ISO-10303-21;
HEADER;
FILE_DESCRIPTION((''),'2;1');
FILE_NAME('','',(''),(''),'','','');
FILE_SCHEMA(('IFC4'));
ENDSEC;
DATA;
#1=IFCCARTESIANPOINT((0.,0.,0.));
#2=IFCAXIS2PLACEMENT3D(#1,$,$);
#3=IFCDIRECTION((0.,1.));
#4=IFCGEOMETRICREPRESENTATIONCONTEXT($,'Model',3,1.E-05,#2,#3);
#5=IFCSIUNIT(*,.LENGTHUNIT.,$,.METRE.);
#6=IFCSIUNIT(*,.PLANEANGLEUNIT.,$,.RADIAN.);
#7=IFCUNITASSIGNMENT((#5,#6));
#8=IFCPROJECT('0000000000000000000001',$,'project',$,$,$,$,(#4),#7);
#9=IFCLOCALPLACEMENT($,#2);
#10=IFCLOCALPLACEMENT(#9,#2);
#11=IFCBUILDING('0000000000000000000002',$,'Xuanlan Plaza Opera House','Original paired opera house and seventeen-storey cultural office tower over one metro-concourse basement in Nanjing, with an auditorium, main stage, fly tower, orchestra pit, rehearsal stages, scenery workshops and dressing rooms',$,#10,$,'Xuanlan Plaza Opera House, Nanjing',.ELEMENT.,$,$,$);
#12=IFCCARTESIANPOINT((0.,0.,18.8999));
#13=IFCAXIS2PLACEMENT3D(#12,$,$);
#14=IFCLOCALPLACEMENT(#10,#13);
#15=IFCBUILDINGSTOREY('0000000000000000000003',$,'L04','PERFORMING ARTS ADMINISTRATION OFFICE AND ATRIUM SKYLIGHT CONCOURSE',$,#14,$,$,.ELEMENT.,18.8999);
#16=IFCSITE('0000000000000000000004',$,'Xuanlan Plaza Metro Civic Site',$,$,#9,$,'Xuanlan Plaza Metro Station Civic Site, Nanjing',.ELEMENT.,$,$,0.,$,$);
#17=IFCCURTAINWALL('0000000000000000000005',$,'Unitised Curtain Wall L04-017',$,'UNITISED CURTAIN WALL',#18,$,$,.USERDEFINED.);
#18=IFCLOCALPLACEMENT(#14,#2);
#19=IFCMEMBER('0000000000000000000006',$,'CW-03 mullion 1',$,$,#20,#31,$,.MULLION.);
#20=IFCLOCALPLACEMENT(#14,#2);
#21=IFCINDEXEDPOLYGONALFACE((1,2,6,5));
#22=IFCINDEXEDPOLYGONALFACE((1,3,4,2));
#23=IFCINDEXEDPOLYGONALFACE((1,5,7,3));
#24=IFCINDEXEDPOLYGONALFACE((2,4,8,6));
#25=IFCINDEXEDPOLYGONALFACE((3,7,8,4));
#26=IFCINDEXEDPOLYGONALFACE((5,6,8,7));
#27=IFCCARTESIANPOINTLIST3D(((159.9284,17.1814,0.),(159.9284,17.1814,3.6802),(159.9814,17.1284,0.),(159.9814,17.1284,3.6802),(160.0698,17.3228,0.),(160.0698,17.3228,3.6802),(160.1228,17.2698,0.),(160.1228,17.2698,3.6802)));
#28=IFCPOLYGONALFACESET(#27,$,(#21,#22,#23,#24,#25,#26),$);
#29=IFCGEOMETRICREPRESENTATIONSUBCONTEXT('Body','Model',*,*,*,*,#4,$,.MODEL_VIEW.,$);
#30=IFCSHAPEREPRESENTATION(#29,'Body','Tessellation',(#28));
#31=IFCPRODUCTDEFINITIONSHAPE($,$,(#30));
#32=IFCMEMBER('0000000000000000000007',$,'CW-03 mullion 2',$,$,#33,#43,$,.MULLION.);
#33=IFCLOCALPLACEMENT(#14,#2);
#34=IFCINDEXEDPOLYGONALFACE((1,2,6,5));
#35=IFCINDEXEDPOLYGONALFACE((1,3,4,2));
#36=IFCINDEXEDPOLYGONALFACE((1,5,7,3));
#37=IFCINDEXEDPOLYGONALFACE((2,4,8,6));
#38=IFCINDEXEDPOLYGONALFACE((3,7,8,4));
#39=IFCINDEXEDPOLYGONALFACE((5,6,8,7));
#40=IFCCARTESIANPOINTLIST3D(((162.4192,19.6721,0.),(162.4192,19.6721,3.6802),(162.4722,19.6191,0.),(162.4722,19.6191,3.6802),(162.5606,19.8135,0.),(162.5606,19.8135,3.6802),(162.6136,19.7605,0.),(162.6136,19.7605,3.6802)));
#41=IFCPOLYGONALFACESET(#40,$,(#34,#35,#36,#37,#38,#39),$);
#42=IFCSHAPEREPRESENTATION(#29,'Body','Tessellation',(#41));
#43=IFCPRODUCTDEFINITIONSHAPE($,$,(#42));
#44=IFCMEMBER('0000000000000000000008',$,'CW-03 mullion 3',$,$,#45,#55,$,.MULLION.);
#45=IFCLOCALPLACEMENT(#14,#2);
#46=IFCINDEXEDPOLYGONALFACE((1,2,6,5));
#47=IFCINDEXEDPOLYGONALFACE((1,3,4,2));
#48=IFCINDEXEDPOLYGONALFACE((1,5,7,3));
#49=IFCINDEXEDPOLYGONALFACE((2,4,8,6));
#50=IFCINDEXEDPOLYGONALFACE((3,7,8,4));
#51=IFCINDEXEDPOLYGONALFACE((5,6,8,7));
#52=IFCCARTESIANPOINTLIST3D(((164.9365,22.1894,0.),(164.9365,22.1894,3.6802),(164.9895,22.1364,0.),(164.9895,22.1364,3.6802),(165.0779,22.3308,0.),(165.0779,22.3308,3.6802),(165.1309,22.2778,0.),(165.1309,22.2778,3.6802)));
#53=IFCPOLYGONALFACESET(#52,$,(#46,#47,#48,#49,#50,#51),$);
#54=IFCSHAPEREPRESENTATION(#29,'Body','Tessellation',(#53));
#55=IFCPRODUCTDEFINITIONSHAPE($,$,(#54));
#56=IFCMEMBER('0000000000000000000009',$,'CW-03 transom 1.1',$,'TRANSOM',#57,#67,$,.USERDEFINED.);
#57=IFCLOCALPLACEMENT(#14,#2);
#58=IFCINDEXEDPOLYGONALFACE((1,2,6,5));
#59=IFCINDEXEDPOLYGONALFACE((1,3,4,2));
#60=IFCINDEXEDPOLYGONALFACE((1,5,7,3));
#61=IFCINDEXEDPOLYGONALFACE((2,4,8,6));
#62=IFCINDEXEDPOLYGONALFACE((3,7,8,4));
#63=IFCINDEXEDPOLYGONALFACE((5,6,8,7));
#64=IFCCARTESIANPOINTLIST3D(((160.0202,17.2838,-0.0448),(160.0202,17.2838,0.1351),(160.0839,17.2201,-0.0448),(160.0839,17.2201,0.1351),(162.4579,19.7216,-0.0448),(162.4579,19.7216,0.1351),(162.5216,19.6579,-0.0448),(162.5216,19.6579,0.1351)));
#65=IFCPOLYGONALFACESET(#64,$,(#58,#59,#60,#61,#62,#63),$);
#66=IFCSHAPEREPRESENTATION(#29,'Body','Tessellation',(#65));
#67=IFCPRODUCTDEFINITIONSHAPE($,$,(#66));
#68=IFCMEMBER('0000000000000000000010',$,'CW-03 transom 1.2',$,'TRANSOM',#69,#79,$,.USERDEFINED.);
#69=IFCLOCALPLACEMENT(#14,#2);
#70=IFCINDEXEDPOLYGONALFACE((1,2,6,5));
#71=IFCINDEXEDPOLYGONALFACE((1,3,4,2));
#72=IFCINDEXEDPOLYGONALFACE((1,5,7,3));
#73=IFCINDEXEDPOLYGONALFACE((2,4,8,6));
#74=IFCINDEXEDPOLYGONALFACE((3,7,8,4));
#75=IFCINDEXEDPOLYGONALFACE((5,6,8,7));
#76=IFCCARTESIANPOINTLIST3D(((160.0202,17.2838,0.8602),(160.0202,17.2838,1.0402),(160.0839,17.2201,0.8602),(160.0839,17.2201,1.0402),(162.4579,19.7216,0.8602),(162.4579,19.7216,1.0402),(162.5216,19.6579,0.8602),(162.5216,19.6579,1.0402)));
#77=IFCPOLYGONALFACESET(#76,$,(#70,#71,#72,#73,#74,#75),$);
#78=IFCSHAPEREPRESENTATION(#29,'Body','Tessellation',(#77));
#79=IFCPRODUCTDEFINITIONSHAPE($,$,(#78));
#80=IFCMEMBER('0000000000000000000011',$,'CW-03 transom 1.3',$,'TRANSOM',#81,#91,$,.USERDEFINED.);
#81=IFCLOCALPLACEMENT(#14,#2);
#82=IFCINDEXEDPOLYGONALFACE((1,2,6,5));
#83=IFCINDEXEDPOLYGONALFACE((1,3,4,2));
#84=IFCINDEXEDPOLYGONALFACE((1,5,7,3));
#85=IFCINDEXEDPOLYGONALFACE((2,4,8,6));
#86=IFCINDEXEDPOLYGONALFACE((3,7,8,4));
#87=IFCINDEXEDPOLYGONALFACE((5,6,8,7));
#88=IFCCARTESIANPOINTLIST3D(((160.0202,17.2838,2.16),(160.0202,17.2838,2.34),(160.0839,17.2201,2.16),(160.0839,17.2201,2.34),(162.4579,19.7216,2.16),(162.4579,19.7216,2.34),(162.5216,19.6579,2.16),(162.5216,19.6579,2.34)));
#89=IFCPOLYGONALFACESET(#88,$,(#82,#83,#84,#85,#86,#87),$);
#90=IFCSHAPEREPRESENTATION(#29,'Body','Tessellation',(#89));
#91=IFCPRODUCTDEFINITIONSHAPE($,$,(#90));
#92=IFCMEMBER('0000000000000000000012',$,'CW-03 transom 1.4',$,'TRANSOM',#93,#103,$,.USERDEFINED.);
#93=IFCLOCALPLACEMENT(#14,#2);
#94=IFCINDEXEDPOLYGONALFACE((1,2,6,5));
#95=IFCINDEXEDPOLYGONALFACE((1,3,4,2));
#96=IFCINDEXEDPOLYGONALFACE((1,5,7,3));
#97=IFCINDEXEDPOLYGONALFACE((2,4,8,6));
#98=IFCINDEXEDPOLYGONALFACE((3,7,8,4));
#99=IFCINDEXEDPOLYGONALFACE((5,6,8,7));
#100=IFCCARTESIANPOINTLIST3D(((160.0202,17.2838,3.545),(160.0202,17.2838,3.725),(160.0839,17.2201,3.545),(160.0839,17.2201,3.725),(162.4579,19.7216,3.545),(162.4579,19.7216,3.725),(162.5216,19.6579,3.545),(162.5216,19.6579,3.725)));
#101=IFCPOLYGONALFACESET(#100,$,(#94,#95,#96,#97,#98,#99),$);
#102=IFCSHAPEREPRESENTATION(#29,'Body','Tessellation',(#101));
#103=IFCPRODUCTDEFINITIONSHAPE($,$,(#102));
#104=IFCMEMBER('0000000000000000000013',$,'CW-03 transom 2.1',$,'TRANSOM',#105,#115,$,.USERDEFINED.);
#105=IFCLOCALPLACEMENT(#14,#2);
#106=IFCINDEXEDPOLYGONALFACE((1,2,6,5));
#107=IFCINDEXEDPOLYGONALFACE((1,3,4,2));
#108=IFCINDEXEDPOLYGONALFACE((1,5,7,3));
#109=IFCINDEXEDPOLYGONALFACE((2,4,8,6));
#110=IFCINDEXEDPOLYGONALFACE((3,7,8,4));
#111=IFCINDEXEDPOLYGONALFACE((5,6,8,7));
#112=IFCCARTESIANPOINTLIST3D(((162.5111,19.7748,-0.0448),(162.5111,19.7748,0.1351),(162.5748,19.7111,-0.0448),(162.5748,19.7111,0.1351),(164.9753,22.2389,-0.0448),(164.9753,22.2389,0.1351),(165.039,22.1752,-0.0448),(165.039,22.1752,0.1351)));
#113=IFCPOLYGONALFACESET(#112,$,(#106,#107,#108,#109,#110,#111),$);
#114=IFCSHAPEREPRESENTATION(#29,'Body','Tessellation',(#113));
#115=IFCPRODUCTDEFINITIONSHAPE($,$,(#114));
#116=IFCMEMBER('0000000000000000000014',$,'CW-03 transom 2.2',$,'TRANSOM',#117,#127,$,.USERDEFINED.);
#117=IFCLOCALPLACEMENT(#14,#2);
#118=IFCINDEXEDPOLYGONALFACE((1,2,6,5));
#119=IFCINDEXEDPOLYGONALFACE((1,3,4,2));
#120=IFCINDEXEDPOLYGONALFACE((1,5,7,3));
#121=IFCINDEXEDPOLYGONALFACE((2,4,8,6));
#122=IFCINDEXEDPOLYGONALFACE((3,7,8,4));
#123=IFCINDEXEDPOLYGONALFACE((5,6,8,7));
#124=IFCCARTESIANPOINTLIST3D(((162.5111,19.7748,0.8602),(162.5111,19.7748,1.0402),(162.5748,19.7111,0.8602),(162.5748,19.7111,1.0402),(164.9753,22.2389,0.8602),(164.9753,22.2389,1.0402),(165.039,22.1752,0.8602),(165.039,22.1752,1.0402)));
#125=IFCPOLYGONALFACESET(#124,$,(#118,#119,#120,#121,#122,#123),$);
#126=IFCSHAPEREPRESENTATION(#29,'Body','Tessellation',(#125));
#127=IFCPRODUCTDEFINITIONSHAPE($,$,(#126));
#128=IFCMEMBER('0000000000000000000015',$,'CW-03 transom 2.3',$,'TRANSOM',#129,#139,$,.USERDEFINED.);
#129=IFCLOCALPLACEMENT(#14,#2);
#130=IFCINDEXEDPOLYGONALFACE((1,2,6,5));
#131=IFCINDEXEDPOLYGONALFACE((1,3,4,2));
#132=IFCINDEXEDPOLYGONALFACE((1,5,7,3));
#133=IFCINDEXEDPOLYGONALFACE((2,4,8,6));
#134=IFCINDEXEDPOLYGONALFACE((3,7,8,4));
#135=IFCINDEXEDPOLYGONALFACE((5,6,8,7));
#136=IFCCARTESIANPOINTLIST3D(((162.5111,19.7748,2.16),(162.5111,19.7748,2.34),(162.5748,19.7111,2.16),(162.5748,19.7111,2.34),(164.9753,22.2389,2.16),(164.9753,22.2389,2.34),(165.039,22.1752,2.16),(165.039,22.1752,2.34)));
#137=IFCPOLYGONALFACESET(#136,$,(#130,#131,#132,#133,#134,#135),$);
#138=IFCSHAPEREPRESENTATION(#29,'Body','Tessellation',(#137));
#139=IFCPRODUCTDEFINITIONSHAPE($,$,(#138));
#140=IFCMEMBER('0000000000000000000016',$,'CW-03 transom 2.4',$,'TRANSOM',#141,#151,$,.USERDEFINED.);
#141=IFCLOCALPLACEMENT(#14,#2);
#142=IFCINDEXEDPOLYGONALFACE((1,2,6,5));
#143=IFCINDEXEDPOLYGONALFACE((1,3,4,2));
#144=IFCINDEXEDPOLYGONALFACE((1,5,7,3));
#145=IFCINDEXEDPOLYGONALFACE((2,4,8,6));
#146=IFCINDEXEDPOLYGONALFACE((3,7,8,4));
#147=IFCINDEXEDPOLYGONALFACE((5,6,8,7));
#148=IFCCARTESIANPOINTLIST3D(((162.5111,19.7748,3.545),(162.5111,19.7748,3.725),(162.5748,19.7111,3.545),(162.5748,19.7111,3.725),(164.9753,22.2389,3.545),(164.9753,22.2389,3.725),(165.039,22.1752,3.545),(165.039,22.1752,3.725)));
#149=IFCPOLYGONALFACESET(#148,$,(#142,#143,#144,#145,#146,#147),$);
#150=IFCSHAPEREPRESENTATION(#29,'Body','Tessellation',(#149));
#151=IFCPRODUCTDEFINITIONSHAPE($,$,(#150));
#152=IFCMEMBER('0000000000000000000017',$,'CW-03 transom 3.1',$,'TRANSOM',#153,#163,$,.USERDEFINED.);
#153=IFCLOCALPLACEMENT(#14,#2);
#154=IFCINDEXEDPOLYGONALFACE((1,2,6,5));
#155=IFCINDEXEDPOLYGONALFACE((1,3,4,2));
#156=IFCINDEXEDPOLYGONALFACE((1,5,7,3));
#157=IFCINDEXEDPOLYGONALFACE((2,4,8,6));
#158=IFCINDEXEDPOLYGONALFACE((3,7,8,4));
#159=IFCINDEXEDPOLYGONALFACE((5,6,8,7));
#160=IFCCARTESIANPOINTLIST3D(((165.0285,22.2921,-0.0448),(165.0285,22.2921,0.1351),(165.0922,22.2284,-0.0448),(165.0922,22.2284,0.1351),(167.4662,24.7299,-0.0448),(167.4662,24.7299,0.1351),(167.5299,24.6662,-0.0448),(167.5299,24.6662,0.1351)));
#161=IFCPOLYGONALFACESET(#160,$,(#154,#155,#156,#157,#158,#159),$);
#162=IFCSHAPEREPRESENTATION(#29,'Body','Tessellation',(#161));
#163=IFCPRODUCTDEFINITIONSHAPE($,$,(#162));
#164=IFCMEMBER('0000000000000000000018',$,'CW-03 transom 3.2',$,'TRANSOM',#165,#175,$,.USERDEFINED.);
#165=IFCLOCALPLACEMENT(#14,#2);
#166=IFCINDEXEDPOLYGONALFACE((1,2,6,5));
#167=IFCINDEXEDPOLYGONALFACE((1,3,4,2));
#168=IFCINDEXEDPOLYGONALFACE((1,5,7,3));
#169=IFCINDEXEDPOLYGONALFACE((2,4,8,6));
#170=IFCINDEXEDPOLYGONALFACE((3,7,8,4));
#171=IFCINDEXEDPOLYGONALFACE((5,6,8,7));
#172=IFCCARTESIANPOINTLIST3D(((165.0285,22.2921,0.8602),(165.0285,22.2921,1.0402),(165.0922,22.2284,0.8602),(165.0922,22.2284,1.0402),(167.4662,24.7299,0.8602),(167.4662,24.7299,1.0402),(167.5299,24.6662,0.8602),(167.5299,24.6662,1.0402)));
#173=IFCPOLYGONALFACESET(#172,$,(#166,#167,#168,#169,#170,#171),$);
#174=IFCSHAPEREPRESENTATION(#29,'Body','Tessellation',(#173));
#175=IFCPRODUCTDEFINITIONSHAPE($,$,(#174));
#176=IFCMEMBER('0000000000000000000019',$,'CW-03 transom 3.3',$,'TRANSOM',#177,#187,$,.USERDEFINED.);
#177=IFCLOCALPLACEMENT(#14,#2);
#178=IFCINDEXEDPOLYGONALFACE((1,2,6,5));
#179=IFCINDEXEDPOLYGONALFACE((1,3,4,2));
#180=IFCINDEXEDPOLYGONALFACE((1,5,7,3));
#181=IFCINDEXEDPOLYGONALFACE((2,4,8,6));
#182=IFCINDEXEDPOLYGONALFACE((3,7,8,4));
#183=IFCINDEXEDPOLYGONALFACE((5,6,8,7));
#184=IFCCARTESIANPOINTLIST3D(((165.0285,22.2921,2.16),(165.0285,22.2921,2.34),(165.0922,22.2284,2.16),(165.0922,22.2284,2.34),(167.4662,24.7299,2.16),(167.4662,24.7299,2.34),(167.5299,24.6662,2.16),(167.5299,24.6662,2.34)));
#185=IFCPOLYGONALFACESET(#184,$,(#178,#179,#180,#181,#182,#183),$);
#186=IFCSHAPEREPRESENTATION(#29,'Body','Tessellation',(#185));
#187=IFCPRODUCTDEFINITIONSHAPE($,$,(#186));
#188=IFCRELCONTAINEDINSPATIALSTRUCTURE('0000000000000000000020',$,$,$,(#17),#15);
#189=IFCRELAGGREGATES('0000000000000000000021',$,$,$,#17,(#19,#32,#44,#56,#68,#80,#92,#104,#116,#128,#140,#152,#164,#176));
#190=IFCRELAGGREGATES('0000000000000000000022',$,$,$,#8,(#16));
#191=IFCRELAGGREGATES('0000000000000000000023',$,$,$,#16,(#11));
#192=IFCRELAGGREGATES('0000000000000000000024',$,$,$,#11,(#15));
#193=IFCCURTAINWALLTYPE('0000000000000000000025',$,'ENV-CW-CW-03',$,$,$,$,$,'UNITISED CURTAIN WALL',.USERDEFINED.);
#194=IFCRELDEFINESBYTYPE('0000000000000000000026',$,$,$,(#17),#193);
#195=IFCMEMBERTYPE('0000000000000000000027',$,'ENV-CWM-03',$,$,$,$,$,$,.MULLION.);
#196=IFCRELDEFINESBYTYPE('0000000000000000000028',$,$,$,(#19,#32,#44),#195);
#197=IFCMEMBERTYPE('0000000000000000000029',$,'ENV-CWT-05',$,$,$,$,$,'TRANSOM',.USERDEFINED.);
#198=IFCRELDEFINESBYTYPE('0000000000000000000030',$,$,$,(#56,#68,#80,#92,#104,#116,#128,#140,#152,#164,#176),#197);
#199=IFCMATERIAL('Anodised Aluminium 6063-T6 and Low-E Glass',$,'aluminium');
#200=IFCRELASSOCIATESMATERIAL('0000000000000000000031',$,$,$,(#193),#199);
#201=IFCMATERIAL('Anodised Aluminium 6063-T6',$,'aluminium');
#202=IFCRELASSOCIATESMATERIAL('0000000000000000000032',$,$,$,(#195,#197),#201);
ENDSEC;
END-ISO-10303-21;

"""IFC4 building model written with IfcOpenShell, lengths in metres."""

from ifc_helpers import new_model, si_unit, direction, frame, origin, origin_2d, place, context, subcontext, project, spatial, rectangle, extrude, material, material_profile, profile_set, type_object, element, aggregate, save


model = new_model("IFC4")

# Units and contexts
model_context = context("Model", 3, precision=1e-05, world=origin(), true_north=direction((0.0, 1.0)))
body_context = subcontext(model_context, "Body", "Model", "MODEL_VIEW")
ifc_project = project(units=[si_unit("LENGTHUNIT", "METRE"), si_unit("PLANEANGLEUNIT", "RADIAN")], contexts=[model_context])

# Site, building, storey
site_placement = place(None, origin())
site = spatial("IfcSite", under=ifc_project, at=site_placement, Name="Xuanlan Plaza Metro Civic Site", LongName="Xuanlan Plaza Metro Station Civic Site, Nanjing", CompositionType="ELEMENT", RefElevation=0.0)
building_placement = place(site_placement, origin())
building = spatial("IfcBuilding", under=site, at=building_placement, Name="Xuanlan Plaza Opera House", Description="Original paired opera house and seventeen-storey cultural office tower over one metro-concourse basement in Nanjing, with an auditorium, main stage, fly tower, orchestra pit, rehearsal stages, scenery workshops and dressing rooms", LongName="Xuanlan Plaza Opera House, Nanjing", CompositionType="ELEMENT")
storey_placement = place(building_placement, frame((0.0, 0.0, 18.8999)))
storey = spatial("IfcBuildingStorey", under=building, at=storey_placement, Name="L04", Description="PERFORMING ARTS ADMINISTRATION OFFICE AND ATRIUM SKYLIGHT CONCOURSE", CompositionType="ELEMENT", Elevation=18.8999)

# Curtain wall, members
ifc_material_1 = material(Name="Anodised Aluminium 6063-T6 and Low-E Glass", Category="aluminium")
curtain_wall_type = type_object("IfcCurtainWallType", Name="ENV-CW-CW-03", ElementType="UNITISED CURTAIN WALL", PredefinedType="USERDEFINED", material=ifc_material_1)
curtain_wall_placement = place(storey_placement, origin())
curtain_wall = element("IfcCurtainWall", 1, at=curtain_wall_placement, inside=storey, type_object=curtain_wall_type, Name="Unitised Curtain Wall L04-017", ObjectType="UNITISED CURTAIN WALL", PredefinedType="USERDEFINED")
ifc_material_2 = material(Name="Anodised Aluminium 6063-T6", Category="aluminium")
ifc_material_profile_1 = material_profile(ifc_material_2, rectangle(XDim=0.075, YDim=0.2, at=origin_2d()), Name="ALU-M 75x200")
ifc_profile_set_1 = profile_set([ifc_material_profile_1], Name="Anodised Aluminium 6063-T6")
member_type_1 = type_object("IfcMemberType", Name="ENV-CWM-03", PredefinedType="MULLION", material=ifc_profile_set_1)
member_1_placement = place(storey_placement, frame((160.0256, 17.2256, 0.0), z_axis=(0.0, 0.0, 1.0), x_axis=(-0.707107, 0.707107, 0.0)))
member_1 = element("IfcMember", 2, at=member_1_placement, type_object=member_type_1, Name="CW-03 mullion 1", PredefinedType="MULLION", context=body_context, shape_type="SweptSolid", body=[
    extrude(rectangle(XDim=0.075, YDim=0.2, at=origin_2d()), origin(), (0.0, 0.0, 1.0), 3.6802),
])
member_2_placement = place(storey_placement, frame((162.5164, 19.7163, 0.0), z_axis=(0.0, 0.0, 1.0), x_axis=(-0.707107, 0.707107, 0.0)))
member_2 = element("IfcMember", 3, at=member_2_placement, type_object=member_type_1, Name="CW-03 mullion 2", PredefinedType="MULLION", context=body_context, shape_type="SweptSolid", body=[
    extrude(rectangle(XDim=0.075, YDim=0.2, at=origin_2d()), origin(), (0.0, 0.0, 1.0), 3.6802),
])
member_3_placement = place(storey_placement, frame((165.0337, 22.2336, 0.0), z_axis=(0.0, 0.0, 1.0), x_axis=(-0.707107, 0.707107, 0.0)))
member_3 = element("IfcMember", 4, at=member_3_placement, type_object=member_type_1, Name="CW-03 mullion 3", PredefinedType="MULLION", context=body_context, shape_type="SweptSolid", body=[
    extrude(rectangle(XDim=0.075, YDim=0.2, at=origin_2d()), origin(), (0.0, 0.0, 1.0), 3.6802),
])
ifc_material_profile_2 = material_profile(ifc_material_2, rectangle(XDim=0.0901, YDim=0.1799, at=origin_2d()), Name="ALU-T 90x180")
ifc_profile_set_2 = profile_set([ifc_material_profile_2], Name="Anodised Aluminium 6063-T6")
member_type_2 = type_object("IfcMemberType", Name="ENV-CWT-05", ElementType="TRANSOM", PredefinedType="USERDEFINED", material=ifc_profile_set_2)
member_4_placement = place(storey_placement, frame((160.052, 17.252, 0.0452), z_axis=(0.707107, 0.707107, 0.0), x_axis=(-0.707107, 0.707107, 0.0)))
member_4 = element("IfcMember", 5, at=member_4_placement, type_object=member_type_2, Name="CW-03 transom 1.1", ObjectType="TRANSOM", PredefinedType="USERDEFINED", context=body_context, shape_type="SweptSolid", body=[
    extrude(rectangle(XDim=0.0901, YDim=0.1799, at=origin_2d()), origin(), (0.0, 0.0, 1.0), 3.4475),
])
member_5_placement = place(storey_placement, frame((160.052, 17.252, 0.9502), z_axis=(0.707107, 0.707107, 0.0), x_axis=(-0.707107, 0.707107, 0.0)))
member_5 = element("IfcMember", 6, at=member_5_placement, type_object=member_type_2, Name="CW-03 transom 1.2", ObjectType="TRANSOM", PredefinedType="USERDEFINED", context=body_context, shape_type="SweptSolid", body=[
    extrude(rectangle(XDim=0.0901, YDim=0.1799, at=origin_2d()), origin(), (0.0, 0.0, 1.0), 3.4475),
])
member_6_placement = place(storey_placement, frame((160.052, 17.252, 2.25), z_axis=(0.707107, 0.707107, 0.0), x_axis=(-0.707107, 0.707107, 0.0)))
member_6 = element("IfcMember", 7, at=member_6_placement, type_object=member_type_2, Name="CW-03 transom 1.3", ObjectType="TRANSOM", PredefinedType="USERDEFINED", context=body_context, shape_type="SweptSolid", body=[
    extrude(rectangle(XDim=0.0901, YDim=0.1799, at=origin_2d()), origin(), (0.0, 0.0, 1.0), 3.4475),
])
member_7_placement = place(storey_placement, frame((160.052, 17.252, 3.635), z_axis=(0.707107, 0.707107, 0.0), x_axis=(-0.707107, 0.707107, 0.0)))
member_7 = element("IfcMember", 8, at=member_7_placement, type_object=member_type_2, Name="CW-03 transom 1.4", ObjectType="TRANSOM", PredefinedType="USERDEFINED", context=body_context, shape_type="SweptSolid", body=[
    extrude(rectangle(XDim=0.0901, YDim=0.1799, at=origin_2d()), origin(), (0.0, 0.0, 1.0), 3.4475),
])
member_8_placement = place(storey_placement, frame((162.543, 19.7429, 0.0452), z_axis=(0.707107, 0.707107, 0.0), x_axis=(-0.707107, 0.707107, 0.0)))
member_8 = element("IfcMember", 9, at=member_8_placement, type_object=member_type_2, Name="CW-03 transom 2.1", ObjectType="TRANSOM", PredefinedType="USERDEFINED", context=body_context, shape_type="SweptSolid", body=[
    extrude(rectangle(XDim=0.0901, YDim=0.1799, at=origin_2d()), origin(), (0.0, 0.0, 1.0), 3.4849),
])
member_9_placement = place(storey_placement, frame((162.543, 19.7429, 0.9502), z_axis=(0.707107, 0.707107, 0.0), x_axis=(-0.707107, 0.707107, 0.0)))
member_9 = element("IfcMember", 10, at=member_9_placement, type_object=member_type_2, Name="CW-03 transom 2.2", ObjectType="TRANSOM", PredefinedType="USERDEFINED", context=body_context, shape_type="SweptSolid", body=[
    extrude(rectangle(XDim=0.0901, YDim=0.1799, at=origin_2d()), origin(), (0.0, 0.0, 1.0), 3.4849),
])
member_10_placement = place(storey_placement, frame((162.543, 19.7429, 2.25), z_axis=(0.707107, 0.707107, 0.0), x_axis=(-0.707107, 0.707107, 0.0)))
member_10 = element("IfcMember", 11, at=member_10_placement, type_object=member_type_2, Name="CW-03 transom 2.3", ObjectType="TRANSOM", PredefinedType="USERDEFINED", context=body_context, shape_type="SweptSolid", body=[
    extrude(rectangle(XDim=0.0901, YDim=0.1799, at=origin_2d()), origin(), (0.0, 0.0, 1.0), 3.4849),
])
member_11_placement = place(storey_placement, frame((162.543, 19.7429, 3.635), z_axis=(0.707107, 0.707107, 0.0), x_axis=(-0.707107, 0.707107, 0.0)))
member_11 = element("IfcMember", 12, at=member_11_placement, type_object=member_type_2, Name="CW-03 transom 2.4", ObjectType="TRANSOM", PredefinedType="USERDEFINED", context=body_context, shape_type="SweptSolid", body=[
    extrude(rectangle(XDim=0.0901, YDim=0.1799, at=origin_2d()), origin(), (0.0, 0.0, 1.0), 3.4849),
])
member_12_placement = place(storey_placement, frame((165.0603, 22.2603, 0.0452), z_axis=(0.707107, 0.707107, 0.0), x_axis=(-0.707107, 0.707107, 0.0)))
member_12 = element("IfcMember", 13, at=member_12_placement, type_object=member_type_2, Name="CW-03 transom 3.1", ObjectType="TRANSOM", PredefinedType="USERDEFINED", context=body_context, shape_type="SweptSolid", body=[
    extrude(rectangle(XDim=0.0901, YDim=0.1799, at=origin_2d()), origin(), (0.0, 0.0, 1.0), 3.4475),
])
member_13_placement = place(storey_placement, frame((165.0603, 22.2603, 0.9502), z_axis=(0.707107, 0.707107, 0.0), x_axis=(-0.707107, 0.707107, 0.0)))
member_13 = element("IfcMember", 14, at=member_13_placement, type_object=member_type_2, Name="CW-03 transom 3.2", ObjectType="TRANSOM", PredefinedType="USERDEFINED", context=body_context, shape_type="SweptSolid", body=[
    extrude(rectangle(XDim=0.0901, YDim=0.1799, at=origin_2d()), origin(), (0.0, 0.0, 1.0), 3.4475),
])
member_14_placement = place(storey_placement, frame((165.0603, 22.2603, 2.25), z_axis=(0.707107, 0.707107, 0.0), x_axis=(-0.707107, 0.707107, 0.0)))
member_14 = element("IfcMember", 15, at=member_14_placement, type_object=member_type_2, Name="CW-03 transom 3.3", ObjectType="TRANSOM", PredefinedType="USERDEFINED", context=body_context, shape_type="SweptSolid", body=[
    extrude(rectangle(XDim=0.0901, YDim=0.1799, at=origin_2d()), origin(), (0.0, 0.0, 1.0), 3.4475),
])

aggregate(curtain_wall, [member_1, member_2, member_3, member_4, member_5, member_6, member_7, member_8, member_9, member_10, member_11, member_12, member_13, member_14])

save(model, "model.ifc")
